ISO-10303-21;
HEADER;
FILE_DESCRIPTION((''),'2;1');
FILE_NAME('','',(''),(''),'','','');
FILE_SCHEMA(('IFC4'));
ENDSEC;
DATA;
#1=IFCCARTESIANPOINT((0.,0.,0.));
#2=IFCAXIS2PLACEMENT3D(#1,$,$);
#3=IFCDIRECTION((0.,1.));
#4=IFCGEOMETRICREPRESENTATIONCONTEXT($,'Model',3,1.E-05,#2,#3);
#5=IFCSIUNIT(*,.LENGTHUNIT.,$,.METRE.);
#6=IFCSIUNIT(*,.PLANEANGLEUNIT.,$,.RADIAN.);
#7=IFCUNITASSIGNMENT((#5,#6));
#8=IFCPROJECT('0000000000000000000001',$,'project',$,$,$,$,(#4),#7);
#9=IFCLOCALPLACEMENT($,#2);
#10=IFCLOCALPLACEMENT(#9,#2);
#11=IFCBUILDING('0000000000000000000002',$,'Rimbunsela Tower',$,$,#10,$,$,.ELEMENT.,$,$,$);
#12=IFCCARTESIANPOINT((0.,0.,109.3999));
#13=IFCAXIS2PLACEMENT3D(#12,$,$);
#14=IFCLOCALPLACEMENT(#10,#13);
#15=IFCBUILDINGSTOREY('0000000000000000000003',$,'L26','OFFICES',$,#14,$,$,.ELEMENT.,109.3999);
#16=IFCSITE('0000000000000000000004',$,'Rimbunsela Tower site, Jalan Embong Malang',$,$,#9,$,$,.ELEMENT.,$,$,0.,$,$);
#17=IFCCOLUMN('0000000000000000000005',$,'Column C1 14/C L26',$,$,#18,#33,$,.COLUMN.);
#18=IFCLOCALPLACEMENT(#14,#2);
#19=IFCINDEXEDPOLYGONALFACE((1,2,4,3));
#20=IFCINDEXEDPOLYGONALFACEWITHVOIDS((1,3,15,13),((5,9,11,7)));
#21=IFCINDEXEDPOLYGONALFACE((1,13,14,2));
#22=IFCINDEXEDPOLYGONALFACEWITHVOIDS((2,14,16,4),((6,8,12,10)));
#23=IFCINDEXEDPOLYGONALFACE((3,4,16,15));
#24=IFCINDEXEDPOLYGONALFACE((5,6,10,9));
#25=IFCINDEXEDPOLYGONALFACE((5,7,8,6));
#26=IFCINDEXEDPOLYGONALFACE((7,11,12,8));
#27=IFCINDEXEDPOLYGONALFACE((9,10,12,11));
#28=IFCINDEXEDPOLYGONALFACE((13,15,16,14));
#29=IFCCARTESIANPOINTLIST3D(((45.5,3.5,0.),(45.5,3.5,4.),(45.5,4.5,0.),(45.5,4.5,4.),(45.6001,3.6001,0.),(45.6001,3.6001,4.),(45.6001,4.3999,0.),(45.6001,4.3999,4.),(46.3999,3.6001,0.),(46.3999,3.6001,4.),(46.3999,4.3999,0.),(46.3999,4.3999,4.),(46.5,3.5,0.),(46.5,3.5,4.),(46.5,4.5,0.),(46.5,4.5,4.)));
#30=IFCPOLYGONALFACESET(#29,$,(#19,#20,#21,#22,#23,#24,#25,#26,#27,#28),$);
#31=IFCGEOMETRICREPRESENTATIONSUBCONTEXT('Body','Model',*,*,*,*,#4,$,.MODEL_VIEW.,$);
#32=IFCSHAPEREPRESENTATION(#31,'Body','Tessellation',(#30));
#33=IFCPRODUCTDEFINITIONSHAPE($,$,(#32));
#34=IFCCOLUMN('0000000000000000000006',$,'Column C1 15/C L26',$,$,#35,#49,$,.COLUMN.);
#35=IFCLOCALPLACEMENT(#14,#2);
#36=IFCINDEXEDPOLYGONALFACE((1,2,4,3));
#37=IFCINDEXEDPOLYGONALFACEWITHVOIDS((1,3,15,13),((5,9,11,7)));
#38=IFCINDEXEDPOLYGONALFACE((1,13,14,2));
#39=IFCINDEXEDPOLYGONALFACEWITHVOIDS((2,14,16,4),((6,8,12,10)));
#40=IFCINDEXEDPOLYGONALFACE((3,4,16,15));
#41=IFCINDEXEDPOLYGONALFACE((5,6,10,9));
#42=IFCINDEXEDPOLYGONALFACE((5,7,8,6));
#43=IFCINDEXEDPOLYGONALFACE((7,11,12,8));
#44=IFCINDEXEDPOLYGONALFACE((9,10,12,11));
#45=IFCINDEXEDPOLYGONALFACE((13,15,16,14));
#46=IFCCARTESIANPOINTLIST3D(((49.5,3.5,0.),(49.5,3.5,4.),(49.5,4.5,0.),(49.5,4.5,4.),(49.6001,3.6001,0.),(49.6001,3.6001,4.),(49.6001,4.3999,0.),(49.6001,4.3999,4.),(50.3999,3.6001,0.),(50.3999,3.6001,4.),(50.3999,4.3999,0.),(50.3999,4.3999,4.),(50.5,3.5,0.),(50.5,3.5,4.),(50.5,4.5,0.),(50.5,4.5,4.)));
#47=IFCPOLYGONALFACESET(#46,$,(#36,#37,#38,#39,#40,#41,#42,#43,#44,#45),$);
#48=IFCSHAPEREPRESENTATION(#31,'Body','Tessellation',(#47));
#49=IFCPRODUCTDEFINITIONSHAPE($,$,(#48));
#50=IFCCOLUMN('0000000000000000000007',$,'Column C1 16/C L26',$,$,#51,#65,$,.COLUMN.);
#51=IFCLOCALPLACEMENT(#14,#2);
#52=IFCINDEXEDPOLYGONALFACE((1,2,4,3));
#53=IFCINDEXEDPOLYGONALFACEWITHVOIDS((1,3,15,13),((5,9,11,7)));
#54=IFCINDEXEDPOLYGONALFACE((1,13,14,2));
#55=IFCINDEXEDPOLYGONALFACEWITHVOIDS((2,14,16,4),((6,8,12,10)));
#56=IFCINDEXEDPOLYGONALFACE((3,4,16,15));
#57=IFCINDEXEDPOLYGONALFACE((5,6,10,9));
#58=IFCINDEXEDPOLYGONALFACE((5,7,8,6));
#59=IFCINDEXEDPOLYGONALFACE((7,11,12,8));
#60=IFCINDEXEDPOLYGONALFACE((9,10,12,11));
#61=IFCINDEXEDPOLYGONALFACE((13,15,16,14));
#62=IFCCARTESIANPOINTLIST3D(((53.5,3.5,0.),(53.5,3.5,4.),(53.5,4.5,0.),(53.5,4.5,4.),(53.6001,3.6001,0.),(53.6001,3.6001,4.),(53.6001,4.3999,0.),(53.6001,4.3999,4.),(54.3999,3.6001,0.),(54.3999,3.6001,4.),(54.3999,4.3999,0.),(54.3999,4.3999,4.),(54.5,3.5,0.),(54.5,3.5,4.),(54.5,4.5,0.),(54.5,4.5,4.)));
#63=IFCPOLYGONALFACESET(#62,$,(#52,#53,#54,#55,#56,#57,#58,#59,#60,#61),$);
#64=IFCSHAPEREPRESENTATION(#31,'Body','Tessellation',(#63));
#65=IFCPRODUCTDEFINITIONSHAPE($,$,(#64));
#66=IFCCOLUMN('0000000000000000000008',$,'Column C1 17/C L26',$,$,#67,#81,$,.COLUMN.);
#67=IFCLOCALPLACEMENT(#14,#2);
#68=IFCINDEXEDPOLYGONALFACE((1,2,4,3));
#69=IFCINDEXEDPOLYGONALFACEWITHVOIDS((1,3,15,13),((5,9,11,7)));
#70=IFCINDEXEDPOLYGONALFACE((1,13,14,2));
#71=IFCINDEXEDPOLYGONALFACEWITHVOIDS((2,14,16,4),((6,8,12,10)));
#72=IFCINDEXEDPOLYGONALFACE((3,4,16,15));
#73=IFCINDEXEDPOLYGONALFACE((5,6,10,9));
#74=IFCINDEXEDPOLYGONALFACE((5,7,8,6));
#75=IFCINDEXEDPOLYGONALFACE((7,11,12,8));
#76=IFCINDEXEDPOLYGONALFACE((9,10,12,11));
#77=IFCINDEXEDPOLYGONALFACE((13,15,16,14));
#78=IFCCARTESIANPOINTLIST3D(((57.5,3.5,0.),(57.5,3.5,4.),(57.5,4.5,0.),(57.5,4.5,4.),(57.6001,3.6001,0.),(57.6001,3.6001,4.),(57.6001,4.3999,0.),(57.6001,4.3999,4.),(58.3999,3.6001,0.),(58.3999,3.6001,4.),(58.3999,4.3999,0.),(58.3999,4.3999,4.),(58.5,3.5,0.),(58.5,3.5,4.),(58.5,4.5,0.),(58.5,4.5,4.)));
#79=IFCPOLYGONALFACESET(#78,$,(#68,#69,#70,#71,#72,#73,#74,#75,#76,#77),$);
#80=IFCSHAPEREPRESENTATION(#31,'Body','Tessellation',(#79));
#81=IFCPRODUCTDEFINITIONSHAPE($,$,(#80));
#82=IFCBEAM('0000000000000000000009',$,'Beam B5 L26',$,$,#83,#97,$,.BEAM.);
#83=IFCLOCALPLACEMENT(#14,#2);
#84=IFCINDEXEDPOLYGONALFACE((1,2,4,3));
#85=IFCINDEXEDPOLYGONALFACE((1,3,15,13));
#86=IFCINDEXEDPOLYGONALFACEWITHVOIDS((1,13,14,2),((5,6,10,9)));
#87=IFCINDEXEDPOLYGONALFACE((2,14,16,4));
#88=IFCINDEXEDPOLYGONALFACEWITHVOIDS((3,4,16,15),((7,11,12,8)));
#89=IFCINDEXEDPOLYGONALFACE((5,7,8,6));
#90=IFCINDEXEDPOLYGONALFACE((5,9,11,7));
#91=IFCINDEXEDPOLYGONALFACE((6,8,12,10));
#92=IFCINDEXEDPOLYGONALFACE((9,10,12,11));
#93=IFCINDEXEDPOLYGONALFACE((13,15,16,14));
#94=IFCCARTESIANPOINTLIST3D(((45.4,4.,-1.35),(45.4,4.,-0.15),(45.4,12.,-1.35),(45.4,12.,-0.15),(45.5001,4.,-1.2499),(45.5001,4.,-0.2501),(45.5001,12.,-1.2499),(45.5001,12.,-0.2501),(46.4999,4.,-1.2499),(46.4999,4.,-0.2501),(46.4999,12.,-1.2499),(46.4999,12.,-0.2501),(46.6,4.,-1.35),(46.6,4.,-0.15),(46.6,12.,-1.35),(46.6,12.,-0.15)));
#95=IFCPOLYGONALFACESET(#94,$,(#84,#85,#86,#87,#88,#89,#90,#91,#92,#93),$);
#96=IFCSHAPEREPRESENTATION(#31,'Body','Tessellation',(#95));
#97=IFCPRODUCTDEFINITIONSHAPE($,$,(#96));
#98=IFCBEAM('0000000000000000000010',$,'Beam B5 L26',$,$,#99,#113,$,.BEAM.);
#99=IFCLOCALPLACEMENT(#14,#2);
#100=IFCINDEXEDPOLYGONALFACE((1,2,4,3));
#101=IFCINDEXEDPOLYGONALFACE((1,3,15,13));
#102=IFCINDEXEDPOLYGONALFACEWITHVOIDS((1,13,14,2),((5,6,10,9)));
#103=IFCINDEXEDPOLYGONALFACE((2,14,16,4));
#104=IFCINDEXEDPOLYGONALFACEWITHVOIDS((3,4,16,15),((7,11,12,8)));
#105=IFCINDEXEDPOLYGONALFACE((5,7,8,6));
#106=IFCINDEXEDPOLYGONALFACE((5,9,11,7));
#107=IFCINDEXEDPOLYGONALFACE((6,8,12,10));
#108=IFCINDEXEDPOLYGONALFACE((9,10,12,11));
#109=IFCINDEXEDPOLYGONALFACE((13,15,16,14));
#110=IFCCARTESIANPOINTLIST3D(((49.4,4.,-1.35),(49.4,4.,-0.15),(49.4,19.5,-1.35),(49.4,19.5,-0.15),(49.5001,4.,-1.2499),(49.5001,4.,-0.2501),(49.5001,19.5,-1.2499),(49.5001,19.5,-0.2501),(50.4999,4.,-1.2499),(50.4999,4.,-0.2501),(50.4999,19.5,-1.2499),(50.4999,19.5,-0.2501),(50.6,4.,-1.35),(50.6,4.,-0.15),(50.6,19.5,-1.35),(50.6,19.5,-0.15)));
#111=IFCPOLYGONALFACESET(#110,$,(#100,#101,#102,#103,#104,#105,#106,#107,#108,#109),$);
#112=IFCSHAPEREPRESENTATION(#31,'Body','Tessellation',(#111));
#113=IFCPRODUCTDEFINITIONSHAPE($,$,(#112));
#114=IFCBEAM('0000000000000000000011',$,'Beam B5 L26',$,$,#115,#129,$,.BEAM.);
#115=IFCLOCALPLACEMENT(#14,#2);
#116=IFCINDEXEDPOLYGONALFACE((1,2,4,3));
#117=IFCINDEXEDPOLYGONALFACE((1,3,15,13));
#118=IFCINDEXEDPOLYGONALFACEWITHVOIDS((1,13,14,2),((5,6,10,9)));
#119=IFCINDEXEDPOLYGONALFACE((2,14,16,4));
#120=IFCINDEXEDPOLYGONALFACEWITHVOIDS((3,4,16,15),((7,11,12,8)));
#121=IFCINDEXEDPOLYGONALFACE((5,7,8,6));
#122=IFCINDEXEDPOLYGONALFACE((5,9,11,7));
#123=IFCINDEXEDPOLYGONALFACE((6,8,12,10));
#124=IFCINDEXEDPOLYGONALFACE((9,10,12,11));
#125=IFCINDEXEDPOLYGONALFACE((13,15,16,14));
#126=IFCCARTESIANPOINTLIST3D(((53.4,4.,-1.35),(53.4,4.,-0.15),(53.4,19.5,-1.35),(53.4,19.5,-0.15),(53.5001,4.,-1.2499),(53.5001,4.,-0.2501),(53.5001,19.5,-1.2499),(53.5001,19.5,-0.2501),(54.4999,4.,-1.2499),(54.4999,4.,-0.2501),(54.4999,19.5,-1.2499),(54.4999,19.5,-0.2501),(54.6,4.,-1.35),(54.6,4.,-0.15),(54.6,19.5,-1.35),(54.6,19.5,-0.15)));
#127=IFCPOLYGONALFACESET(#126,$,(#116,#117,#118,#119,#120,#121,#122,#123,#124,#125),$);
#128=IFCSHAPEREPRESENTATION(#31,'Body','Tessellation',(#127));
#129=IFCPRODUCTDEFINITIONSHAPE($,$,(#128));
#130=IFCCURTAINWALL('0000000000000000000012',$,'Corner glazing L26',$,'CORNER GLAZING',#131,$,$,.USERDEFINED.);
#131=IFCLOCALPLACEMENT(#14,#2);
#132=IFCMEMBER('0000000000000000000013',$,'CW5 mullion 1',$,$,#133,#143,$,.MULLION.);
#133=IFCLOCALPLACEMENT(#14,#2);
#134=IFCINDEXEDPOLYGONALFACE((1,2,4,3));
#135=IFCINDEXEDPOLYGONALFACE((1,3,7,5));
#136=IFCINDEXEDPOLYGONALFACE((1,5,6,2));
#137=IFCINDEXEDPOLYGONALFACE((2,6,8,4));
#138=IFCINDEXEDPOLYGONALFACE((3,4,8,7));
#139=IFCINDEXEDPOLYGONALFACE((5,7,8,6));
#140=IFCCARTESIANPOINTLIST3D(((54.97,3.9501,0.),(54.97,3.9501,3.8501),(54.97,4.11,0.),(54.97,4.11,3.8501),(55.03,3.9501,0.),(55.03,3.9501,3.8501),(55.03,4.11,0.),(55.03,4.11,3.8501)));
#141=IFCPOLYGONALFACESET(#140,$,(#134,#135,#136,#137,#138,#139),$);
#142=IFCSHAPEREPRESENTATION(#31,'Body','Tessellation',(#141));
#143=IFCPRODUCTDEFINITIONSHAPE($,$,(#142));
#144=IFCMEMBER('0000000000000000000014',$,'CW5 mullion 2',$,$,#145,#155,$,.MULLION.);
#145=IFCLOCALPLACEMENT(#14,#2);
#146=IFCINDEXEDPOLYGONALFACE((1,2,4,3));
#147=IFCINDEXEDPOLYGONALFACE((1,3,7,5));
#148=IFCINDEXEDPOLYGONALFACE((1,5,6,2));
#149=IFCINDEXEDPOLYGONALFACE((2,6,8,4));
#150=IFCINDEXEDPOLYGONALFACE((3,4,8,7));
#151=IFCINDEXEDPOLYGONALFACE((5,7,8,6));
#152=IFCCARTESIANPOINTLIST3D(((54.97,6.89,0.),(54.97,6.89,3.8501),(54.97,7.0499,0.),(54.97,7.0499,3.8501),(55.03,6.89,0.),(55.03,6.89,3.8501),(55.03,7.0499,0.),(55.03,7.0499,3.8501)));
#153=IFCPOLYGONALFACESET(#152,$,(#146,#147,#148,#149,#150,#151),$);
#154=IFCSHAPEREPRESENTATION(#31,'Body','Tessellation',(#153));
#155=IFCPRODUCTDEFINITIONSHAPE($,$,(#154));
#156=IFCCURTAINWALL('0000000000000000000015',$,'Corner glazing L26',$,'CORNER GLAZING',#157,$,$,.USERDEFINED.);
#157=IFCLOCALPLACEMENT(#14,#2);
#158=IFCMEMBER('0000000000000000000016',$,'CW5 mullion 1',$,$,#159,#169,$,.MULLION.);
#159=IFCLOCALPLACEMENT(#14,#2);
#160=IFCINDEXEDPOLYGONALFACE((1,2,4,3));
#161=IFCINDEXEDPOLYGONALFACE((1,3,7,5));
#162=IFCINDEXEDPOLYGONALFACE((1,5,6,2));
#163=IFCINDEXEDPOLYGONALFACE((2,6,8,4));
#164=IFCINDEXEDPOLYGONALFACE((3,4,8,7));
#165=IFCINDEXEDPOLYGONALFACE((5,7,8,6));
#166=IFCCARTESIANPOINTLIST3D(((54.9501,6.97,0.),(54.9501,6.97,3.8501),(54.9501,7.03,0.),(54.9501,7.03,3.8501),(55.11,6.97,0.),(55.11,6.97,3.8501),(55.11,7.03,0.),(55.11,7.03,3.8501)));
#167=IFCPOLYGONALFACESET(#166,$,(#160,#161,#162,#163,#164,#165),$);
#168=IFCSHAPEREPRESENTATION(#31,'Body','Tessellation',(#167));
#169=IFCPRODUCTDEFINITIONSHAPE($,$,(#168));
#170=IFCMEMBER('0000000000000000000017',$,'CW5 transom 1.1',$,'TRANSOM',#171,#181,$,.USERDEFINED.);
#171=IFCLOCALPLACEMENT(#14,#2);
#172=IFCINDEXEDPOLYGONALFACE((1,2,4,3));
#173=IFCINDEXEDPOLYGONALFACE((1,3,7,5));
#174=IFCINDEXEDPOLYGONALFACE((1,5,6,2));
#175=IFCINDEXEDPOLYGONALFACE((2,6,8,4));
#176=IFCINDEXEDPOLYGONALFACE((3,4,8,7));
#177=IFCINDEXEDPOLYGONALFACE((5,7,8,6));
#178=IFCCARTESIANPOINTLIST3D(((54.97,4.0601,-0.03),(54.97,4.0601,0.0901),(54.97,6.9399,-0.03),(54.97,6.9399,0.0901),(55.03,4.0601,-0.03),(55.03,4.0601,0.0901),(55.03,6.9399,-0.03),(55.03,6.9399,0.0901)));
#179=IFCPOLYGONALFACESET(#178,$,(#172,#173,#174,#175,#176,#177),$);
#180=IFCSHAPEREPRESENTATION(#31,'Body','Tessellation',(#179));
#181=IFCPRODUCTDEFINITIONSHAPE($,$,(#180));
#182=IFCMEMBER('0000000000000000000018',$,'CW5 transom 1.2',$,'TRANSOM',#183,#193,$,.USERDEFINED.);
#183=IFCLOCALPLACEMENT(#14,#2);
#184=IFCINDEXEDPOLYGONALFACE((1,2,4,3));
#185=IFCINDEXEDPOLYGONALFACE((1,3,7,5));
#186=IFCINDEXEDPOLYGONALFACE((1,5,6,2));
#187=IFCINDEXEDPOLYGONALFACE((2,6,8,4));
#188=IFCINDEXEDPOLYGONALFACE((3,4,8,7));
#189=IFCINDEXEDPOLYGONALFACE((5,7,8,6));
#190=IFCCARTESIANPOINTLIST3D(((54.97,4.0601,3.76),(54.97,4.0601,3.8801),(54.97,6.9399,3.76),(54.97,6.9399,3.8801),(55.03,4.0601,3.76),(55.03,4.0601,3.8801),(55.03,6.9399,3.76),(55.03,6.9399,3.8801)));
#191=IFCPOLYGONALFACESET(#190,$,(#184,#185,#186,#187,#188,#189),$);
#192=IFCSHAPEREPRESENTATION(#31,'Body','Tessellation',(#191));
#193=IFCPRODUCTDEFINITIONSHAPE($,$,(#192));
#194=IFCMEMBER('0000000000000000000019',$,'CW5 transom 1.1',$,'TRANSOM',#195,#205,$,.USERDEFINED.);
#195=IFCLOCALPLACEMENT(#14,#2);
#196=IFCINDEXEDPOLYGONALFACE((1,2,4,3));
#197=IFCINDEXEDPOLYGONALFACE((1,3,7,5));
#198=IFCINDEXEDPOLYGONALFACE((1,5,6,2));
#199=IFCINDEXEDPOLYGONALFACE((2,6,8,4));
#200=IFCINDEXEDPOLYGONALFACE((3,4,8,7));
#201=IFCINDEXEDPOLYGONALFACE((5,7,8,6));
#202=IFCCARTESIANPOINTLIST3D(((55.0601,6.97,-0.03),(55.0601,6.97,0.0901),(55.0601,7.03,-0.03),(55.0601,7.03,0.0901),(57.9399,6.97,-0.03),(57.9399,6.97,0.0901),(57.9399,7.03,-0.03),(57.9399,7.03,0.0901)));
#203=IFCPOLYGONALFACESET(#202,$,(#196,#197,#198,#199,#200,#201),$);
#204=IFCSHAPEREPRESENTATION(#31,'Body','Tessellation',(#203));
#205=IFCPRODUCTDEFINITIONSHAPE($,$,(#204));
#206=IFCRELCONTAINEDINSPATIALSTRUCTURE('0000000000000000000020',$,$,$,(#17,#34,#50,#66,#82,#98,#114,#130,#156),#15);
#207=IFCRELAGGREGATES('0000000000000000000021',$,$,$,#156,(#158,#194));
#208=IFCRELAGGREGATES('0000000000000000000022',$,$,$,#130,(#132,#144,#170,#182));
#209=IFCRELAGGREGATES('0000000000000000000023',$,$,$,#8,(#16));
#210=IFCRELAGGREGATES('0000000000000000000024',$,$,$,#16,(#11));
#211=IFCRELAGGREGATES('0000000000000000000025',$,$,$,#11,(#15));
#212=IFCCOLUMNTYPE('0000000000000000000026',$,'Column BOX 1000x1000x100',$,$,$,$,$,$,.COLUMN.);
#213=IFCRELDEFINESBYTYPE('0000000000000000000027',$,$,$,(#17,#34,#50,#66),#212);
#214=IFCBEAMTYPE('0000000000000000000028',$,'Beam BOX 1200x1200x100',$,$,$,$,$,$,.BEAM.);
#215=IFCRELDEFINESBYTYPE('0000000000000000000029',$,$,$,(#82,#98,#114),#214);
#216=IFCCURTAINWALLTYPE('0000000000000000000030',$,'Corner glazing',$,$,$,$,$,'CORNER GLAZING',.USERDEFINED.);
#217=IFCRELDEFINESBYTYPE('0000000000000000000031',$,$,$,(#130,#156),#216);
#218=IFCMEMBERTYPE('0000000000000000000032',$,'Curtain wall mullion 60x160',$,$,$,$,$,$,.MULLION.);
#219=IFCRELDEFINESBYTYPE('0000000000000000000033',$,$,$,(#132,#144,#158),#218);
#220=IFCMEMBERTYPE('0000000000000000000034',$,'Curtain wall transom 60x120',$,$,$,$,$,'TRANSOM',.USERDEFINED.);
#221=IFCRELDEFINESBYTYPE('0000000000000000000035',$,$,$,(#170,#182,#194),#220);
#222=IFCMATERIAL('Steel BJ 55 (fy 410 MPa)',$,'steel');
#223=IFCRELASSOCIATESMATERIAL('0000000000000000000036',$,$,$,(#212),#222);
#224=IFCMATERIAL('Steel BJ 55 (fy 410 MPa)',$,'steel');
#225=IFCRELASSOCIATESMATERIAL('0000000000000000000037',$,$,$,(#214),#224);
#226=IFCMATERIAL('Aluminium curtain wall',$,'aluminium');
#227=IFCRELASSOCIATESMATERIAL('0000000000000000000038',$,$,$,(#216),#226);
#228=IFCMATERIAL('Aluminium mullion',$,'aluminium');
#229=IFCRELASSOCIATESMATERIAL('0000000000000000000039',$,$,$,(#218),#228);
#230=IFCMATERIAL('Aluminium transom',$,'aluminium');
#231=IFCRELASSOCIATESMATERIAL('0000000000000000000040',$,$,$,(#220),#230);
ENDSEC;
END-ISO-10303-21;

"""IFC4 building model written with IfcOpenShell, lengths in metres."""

from ifc_helpers import new_model, si_unit, direction, frame, origin, origin_2d, place, context, subcontext, project, spatial, rectangle, hollow_rectangle, extrude, material, material_profile, profile_set, type_object, element, aggregate, save


model = new_model("IFC4")

# Units and contexts
model_context = context("Model", 3, precision=1e-05, world=origin(), true_north=direction((0.0, 1.0)))
body_context = subcontext(model_context, "Body", "Model", "MODEL_VIEW")
ifc_project = project(units=[si_unit("LENGTHUNIT", "METRE"), si_unit("PLANEANGLEUNIT", "RADIAN")], contexts=[model_context])

# Site, building, storey
site_placement = place(None, origin())
site = spatial("IfcSite", under=ifc_project, at=site_placement, Name="Rimbunsela Tower site, Jalan Embong Malang", CompositionType="ELEMENT", RefElevation=0.0)
building_placement = place(site_placement, origin())
building = spatial("IfcBuilding", under=site, at=building_placement, Name="Rimbunsela Tower", CompositionType="ELEMENT")
storey_placement = place(building_placement, frame((0.0, 0.0, 109.3999)))
storey = spatial("IfcBuildingStorey", under=building, at=storey_placement, Name="L26", Description="OFFICES", CompositionType="ELEMENT", Elevation=109.3999)

# Columns
ifc_material_1 = material(Name="Steel BJ 55 (fy 410 MPa)", Category="steel")
ifc_material_profile_1 = material_profile(ifc_material_1, hollow_rectangle(XDim=1.0, YDim=1.0, WallThickness=0.1001, at=origin_2d()), Name="BOX 1000x1000x100")
ifc_profile_set_1 = profile_set([ifc_material_profile_1], Name="Steel BJ 55 (fy 410 MPa)")
column_type = type_object("IfcColumnType", Name="Column BOX 1000x1000x100", PredefinedType="COLUMN", material=ifc_profile_set_1)
for number, where, z_axis, x_axis, name in (
    (1, (46.0, 4.0, 0.0), (0.0, 0.0, 1.0), (1.0, 0.0, 0.0), "Column C1 14/C L26"),
    (2, (50.0, 4.0, 0.0), (0.0, 0.0, 1.0), (1.0, 0.0, 0.0), "Column C1 15/C L26"),
    (3, (54.0, 4.0, 0.0), (0.0, 0.0, 1.0), (1.0, 0.0, 0.0), "Column C1 16/C L26"),
    (4, (58.0, 4.0, 0.0), (0.0, 0.0, 1.0), (1.0, 0.0, 0.0), "Column C1 17/C L26"),
):
    element("IfcColumn", number, at=place(storey_placement, frame(where, z_axis=z_axis, x_axis=x_axis)), inside=storey, type_object=column_type, Name=name, PredefinedType="COLUMN", context=body_context, shape_type="SweptSolid", body=[
        extrude(hollow_rectangle(XDim=1.0, YDim=1.0, WallThickness=0.1001, at=origin_2d()), origin(), (0.0, 0.0, 1.0), 4.0),
    ])

# Beams
ifc_material_2 = material(Name="Steel BJ 55 (fy 410 MPa)", Category="steel")
ifc_material_profile_2 = material_profile(ifc_material_2, hollow_rectangle(XDim=1.2, YDim=1.2, WallThickness=0.1001, at=origin_2d()), Name="BOX 1200x1200x100")
ifc_profile_set_2 = profile_set([ifc_material_profile_2], Name="Steel BJ 55 (fy 410 MPa)")
beam_type = type_object("IfcBeamType", Name="Beam BOX 1200x1200x100", PredefinedType="BEAM", material=ifc_profile_set_2)
beam_placement = place(storey_placement, frame((46.0, 4.0, -0.75), z_axis=(0.0, 1.0, 0.0), x_axis=(-1.0, 0.0, 0.0)))
element("IfcBeam", 5, at=beam_placement, inside=storey, type_object=beam_type, Name="Beam B5 L26", PredefinedType="BEAM", context=body_context, shape_type="SweptSolid", body=[
    extrude(hollow_rectangle(XDim=1.2, YDim=1.2, WallThickness=0.1001, at=origin_2d()), origin(), (0.0, 0.0, 1.0), 8.0),
])
for number, where, z_axis, x_axis, name in (
    (6, (50.0, 4.0, -0.75), (0.0, 1.0, 0.0), (-1.0, 0.0, 0.0), "Beam B5 L26"),
    (7, (54.0, 4.0, -0.75), (0.0, 1.0, 0.0), (-1.0, 0.0, 0.0), "Beam B5 L26"),
):
    element("IfcBeam", number, at=place(storey_placement, frame(where, z_axis=z_axis, x_axis=x_axis)), inside=storey, type_object=beam_type, Name=name, PredefinedType="BEAM", context=body_context, shape_type="SweptSolid", body=[
        extrude(hollow_rectangle(XDim=1.2, YDim=1.2, WallThickness=0.1001, at=origin_2d()), origin(), (0.0, 0.0, 1.0), 15.5),
    ])

# Curtain wall, members
ifc_material_3 = material(Name="Aluminium curtain wall", Category="aluminium")
curtain_wall_type = type_object("IfcCurtainWallType", Name="Corner glazing", ElementType="CORNER GLAZING", PredefinedType="USERDEFINED", material=ifc_material_3)
curtain_wall_1_placement = place(storey_placement, origin())
curtain_wall_1 = element("IfcCurtainWall", 8, at=curtain_wall_1_placement, inside=storey, type_object=curtain_wall_type, Name="Corner glazing L26", ObjectType="CORNER GLAZING", PredefinedType="USERDEFINED")
ifc_material_4 = material(Name="Aluminium mullion", Category="aluminium")
ifc_material_profile_3 = material_profile(ifc_material_4, rectangle(XDim=0.0601, YDim=0.1599, at=origin_2d()), Name="Mullion 60x160")
ifc_profile_set_3 = profile_set([ifc_material_profile_3], Name="Aluminium mullion")
member_type_1 = type_object("IfcMemberType", Name="Curtain wall mullion 60x160", PredefinedType="MULLION", material=ifc_profile_set_3)
member_1_placement = place(storey_placement, frame((55.0, 4.03, 0.0), z_axis=(0.0, 0.0, 1.0), x_axis=(-1.0, 0.0, 0.0)))
member_1 = element("IfcMember", 9, at=member_1_placement, type_object=member_type_1, Name="CW5 mullion 1", PredefinedType="MULLION", context=body_context, shape_type="SweptSolid", body=[
    extrude(rectangle(XDim=0.0601, YDim=0.1599, at=origin_2d()), origin(), (0.0, 0.0, 1.0), 3.8501),
])
member_2_placement = place(storey_placement, frame((55.0, 6.97, 0.0), z_axis=(0.0, 0.0, 1.0), x_axis=(-1.0, 0.0, 0.0)))
member_2 = element("IfcMember", 10, at=member_2_placement, type_object=member_type_1, Name="CW5 mullion 2", PredefinedType="MULLION", context=body_context, shape_type="SweptSolid", body=[
    extrude(rectangle(XDim=0.0601, YDim=0.1599, at=origin_2d()), origin(), (0.0, 0.0, 1.0), 3.8501),
])

# Curtain wall, member
curtain_wall_2_placement = place(storey_placement, origin())
curtain_wall_2 = element("IfcCurtainWall", 11, at=curtain_wall_2_placement, inside=storey, type_object=curtain_wall_type, Name="Corner glazing L26", ObjectType="CORNER GLAZING", PredefinedType="USERDEFINED")
member_3_placement = place(storey_placement, frame((55.03, 7.0, 0.0), z_axis=(0.0, 0.0, 1.0), x_axis=(0.0, 1.0, 0.0)))
member_3 = element("IfcMember", 12, at=member_3_placement, type_object=member_type_1, Name="CW5 mullion 1", PredefinedType="MULLION", context=body_context, shape_type="SweptSolid", body=[
    extrude(rectangle(XDim=0.0601, YDim=0.1599, at=origin_2d()), origin(), (0.0, 0.0, 1.0), 3.8501),
])

# Members
ifc_material_5 = material(Name="Aluminium transom", Category="aluminium")
ifc_material_profile_4 = material_profile(ifc_material_5, rectangle(XDim=0.0601, YDim=0.1201, at=origin_2d()), Name="Transom 60x120")
ifc_profile_set_4 = profile_set([ifc_material_profile_4], Name="Aluminium transom")
member_type_2 = type_object("IfcMemberType", Name="Curtain wall transom 60x120", ElementType="TRANSOM", PredefinedType="USERDEFINED", material=ifc_profile_set_4)
member_4_placement = place(storey_placement, frame((55.0, 4.0601, 0.03), z_axis=(0.0, 1.0, 0.0), x_axis=(-1.0, 0.0, 0.0)))
member_4 = element("IfcMember", 13, at=member_4_placement, type_object=member_type_2, Name="CW5 transom 1.1", ObjectType="TRANSOM", PredefinedType="USERDEFINED", context=body_context, shape_type="SweptSolid", body=[
    extrude(rectangle(XDim=0.0601, YDim=0.1201, at=origin_2d()), origin(), (0.0, 0.0, 1.0), 2.8799),
])
member_5_placement = place(storey_placement, frame((55.0, 4.0601, 3.8201), z_axis=(0.0, 1.0, 0.0), x_axis=(-1.0, 0.0, 0.0)))
member_5 = element("IfcMember", 14, at=member_5_placement, type_object=member_type_2, Name="CW5 transom 1.2", ObjectType="TRANSOM", PredefinedType="USERDEFINED", context=body_context, shape_type="SweptSolid", body=[
    extrude(rectangle(XDim=0.0601, YDim=0.1201, at=origin_2d()), origin(), (0.0, 0.0, 1.0), 2.8799),
])
member_6_placement = place(storey_placement, frame((55.0601, 7.0, 0.03), z_axis=(1.0, 0.0, 0.0), x_axis=(0.0, 1.0, 0.0)))
member_6 = element("IfcMember", 15, at=member_6_placement, type_object=member_type_2, Name="CW5 transom 1.1", ObjectType="TRANSOM", PredefinedType="USERDEFINED", context=body_context, shape_type="SweptSolid", body=[
    extrude(rectangle(XDim=0.0601, YDim=0.1201, at=origin_2d()), origin(), (0.0, 0.0, 1.0), 2.8799),
])
aggregate(curtain_wall_2, [member_3, member_6])

aggregate(curtain_wall_1, [member_1, member_2, member_4, member_5])

save(model, "model.ifc")
